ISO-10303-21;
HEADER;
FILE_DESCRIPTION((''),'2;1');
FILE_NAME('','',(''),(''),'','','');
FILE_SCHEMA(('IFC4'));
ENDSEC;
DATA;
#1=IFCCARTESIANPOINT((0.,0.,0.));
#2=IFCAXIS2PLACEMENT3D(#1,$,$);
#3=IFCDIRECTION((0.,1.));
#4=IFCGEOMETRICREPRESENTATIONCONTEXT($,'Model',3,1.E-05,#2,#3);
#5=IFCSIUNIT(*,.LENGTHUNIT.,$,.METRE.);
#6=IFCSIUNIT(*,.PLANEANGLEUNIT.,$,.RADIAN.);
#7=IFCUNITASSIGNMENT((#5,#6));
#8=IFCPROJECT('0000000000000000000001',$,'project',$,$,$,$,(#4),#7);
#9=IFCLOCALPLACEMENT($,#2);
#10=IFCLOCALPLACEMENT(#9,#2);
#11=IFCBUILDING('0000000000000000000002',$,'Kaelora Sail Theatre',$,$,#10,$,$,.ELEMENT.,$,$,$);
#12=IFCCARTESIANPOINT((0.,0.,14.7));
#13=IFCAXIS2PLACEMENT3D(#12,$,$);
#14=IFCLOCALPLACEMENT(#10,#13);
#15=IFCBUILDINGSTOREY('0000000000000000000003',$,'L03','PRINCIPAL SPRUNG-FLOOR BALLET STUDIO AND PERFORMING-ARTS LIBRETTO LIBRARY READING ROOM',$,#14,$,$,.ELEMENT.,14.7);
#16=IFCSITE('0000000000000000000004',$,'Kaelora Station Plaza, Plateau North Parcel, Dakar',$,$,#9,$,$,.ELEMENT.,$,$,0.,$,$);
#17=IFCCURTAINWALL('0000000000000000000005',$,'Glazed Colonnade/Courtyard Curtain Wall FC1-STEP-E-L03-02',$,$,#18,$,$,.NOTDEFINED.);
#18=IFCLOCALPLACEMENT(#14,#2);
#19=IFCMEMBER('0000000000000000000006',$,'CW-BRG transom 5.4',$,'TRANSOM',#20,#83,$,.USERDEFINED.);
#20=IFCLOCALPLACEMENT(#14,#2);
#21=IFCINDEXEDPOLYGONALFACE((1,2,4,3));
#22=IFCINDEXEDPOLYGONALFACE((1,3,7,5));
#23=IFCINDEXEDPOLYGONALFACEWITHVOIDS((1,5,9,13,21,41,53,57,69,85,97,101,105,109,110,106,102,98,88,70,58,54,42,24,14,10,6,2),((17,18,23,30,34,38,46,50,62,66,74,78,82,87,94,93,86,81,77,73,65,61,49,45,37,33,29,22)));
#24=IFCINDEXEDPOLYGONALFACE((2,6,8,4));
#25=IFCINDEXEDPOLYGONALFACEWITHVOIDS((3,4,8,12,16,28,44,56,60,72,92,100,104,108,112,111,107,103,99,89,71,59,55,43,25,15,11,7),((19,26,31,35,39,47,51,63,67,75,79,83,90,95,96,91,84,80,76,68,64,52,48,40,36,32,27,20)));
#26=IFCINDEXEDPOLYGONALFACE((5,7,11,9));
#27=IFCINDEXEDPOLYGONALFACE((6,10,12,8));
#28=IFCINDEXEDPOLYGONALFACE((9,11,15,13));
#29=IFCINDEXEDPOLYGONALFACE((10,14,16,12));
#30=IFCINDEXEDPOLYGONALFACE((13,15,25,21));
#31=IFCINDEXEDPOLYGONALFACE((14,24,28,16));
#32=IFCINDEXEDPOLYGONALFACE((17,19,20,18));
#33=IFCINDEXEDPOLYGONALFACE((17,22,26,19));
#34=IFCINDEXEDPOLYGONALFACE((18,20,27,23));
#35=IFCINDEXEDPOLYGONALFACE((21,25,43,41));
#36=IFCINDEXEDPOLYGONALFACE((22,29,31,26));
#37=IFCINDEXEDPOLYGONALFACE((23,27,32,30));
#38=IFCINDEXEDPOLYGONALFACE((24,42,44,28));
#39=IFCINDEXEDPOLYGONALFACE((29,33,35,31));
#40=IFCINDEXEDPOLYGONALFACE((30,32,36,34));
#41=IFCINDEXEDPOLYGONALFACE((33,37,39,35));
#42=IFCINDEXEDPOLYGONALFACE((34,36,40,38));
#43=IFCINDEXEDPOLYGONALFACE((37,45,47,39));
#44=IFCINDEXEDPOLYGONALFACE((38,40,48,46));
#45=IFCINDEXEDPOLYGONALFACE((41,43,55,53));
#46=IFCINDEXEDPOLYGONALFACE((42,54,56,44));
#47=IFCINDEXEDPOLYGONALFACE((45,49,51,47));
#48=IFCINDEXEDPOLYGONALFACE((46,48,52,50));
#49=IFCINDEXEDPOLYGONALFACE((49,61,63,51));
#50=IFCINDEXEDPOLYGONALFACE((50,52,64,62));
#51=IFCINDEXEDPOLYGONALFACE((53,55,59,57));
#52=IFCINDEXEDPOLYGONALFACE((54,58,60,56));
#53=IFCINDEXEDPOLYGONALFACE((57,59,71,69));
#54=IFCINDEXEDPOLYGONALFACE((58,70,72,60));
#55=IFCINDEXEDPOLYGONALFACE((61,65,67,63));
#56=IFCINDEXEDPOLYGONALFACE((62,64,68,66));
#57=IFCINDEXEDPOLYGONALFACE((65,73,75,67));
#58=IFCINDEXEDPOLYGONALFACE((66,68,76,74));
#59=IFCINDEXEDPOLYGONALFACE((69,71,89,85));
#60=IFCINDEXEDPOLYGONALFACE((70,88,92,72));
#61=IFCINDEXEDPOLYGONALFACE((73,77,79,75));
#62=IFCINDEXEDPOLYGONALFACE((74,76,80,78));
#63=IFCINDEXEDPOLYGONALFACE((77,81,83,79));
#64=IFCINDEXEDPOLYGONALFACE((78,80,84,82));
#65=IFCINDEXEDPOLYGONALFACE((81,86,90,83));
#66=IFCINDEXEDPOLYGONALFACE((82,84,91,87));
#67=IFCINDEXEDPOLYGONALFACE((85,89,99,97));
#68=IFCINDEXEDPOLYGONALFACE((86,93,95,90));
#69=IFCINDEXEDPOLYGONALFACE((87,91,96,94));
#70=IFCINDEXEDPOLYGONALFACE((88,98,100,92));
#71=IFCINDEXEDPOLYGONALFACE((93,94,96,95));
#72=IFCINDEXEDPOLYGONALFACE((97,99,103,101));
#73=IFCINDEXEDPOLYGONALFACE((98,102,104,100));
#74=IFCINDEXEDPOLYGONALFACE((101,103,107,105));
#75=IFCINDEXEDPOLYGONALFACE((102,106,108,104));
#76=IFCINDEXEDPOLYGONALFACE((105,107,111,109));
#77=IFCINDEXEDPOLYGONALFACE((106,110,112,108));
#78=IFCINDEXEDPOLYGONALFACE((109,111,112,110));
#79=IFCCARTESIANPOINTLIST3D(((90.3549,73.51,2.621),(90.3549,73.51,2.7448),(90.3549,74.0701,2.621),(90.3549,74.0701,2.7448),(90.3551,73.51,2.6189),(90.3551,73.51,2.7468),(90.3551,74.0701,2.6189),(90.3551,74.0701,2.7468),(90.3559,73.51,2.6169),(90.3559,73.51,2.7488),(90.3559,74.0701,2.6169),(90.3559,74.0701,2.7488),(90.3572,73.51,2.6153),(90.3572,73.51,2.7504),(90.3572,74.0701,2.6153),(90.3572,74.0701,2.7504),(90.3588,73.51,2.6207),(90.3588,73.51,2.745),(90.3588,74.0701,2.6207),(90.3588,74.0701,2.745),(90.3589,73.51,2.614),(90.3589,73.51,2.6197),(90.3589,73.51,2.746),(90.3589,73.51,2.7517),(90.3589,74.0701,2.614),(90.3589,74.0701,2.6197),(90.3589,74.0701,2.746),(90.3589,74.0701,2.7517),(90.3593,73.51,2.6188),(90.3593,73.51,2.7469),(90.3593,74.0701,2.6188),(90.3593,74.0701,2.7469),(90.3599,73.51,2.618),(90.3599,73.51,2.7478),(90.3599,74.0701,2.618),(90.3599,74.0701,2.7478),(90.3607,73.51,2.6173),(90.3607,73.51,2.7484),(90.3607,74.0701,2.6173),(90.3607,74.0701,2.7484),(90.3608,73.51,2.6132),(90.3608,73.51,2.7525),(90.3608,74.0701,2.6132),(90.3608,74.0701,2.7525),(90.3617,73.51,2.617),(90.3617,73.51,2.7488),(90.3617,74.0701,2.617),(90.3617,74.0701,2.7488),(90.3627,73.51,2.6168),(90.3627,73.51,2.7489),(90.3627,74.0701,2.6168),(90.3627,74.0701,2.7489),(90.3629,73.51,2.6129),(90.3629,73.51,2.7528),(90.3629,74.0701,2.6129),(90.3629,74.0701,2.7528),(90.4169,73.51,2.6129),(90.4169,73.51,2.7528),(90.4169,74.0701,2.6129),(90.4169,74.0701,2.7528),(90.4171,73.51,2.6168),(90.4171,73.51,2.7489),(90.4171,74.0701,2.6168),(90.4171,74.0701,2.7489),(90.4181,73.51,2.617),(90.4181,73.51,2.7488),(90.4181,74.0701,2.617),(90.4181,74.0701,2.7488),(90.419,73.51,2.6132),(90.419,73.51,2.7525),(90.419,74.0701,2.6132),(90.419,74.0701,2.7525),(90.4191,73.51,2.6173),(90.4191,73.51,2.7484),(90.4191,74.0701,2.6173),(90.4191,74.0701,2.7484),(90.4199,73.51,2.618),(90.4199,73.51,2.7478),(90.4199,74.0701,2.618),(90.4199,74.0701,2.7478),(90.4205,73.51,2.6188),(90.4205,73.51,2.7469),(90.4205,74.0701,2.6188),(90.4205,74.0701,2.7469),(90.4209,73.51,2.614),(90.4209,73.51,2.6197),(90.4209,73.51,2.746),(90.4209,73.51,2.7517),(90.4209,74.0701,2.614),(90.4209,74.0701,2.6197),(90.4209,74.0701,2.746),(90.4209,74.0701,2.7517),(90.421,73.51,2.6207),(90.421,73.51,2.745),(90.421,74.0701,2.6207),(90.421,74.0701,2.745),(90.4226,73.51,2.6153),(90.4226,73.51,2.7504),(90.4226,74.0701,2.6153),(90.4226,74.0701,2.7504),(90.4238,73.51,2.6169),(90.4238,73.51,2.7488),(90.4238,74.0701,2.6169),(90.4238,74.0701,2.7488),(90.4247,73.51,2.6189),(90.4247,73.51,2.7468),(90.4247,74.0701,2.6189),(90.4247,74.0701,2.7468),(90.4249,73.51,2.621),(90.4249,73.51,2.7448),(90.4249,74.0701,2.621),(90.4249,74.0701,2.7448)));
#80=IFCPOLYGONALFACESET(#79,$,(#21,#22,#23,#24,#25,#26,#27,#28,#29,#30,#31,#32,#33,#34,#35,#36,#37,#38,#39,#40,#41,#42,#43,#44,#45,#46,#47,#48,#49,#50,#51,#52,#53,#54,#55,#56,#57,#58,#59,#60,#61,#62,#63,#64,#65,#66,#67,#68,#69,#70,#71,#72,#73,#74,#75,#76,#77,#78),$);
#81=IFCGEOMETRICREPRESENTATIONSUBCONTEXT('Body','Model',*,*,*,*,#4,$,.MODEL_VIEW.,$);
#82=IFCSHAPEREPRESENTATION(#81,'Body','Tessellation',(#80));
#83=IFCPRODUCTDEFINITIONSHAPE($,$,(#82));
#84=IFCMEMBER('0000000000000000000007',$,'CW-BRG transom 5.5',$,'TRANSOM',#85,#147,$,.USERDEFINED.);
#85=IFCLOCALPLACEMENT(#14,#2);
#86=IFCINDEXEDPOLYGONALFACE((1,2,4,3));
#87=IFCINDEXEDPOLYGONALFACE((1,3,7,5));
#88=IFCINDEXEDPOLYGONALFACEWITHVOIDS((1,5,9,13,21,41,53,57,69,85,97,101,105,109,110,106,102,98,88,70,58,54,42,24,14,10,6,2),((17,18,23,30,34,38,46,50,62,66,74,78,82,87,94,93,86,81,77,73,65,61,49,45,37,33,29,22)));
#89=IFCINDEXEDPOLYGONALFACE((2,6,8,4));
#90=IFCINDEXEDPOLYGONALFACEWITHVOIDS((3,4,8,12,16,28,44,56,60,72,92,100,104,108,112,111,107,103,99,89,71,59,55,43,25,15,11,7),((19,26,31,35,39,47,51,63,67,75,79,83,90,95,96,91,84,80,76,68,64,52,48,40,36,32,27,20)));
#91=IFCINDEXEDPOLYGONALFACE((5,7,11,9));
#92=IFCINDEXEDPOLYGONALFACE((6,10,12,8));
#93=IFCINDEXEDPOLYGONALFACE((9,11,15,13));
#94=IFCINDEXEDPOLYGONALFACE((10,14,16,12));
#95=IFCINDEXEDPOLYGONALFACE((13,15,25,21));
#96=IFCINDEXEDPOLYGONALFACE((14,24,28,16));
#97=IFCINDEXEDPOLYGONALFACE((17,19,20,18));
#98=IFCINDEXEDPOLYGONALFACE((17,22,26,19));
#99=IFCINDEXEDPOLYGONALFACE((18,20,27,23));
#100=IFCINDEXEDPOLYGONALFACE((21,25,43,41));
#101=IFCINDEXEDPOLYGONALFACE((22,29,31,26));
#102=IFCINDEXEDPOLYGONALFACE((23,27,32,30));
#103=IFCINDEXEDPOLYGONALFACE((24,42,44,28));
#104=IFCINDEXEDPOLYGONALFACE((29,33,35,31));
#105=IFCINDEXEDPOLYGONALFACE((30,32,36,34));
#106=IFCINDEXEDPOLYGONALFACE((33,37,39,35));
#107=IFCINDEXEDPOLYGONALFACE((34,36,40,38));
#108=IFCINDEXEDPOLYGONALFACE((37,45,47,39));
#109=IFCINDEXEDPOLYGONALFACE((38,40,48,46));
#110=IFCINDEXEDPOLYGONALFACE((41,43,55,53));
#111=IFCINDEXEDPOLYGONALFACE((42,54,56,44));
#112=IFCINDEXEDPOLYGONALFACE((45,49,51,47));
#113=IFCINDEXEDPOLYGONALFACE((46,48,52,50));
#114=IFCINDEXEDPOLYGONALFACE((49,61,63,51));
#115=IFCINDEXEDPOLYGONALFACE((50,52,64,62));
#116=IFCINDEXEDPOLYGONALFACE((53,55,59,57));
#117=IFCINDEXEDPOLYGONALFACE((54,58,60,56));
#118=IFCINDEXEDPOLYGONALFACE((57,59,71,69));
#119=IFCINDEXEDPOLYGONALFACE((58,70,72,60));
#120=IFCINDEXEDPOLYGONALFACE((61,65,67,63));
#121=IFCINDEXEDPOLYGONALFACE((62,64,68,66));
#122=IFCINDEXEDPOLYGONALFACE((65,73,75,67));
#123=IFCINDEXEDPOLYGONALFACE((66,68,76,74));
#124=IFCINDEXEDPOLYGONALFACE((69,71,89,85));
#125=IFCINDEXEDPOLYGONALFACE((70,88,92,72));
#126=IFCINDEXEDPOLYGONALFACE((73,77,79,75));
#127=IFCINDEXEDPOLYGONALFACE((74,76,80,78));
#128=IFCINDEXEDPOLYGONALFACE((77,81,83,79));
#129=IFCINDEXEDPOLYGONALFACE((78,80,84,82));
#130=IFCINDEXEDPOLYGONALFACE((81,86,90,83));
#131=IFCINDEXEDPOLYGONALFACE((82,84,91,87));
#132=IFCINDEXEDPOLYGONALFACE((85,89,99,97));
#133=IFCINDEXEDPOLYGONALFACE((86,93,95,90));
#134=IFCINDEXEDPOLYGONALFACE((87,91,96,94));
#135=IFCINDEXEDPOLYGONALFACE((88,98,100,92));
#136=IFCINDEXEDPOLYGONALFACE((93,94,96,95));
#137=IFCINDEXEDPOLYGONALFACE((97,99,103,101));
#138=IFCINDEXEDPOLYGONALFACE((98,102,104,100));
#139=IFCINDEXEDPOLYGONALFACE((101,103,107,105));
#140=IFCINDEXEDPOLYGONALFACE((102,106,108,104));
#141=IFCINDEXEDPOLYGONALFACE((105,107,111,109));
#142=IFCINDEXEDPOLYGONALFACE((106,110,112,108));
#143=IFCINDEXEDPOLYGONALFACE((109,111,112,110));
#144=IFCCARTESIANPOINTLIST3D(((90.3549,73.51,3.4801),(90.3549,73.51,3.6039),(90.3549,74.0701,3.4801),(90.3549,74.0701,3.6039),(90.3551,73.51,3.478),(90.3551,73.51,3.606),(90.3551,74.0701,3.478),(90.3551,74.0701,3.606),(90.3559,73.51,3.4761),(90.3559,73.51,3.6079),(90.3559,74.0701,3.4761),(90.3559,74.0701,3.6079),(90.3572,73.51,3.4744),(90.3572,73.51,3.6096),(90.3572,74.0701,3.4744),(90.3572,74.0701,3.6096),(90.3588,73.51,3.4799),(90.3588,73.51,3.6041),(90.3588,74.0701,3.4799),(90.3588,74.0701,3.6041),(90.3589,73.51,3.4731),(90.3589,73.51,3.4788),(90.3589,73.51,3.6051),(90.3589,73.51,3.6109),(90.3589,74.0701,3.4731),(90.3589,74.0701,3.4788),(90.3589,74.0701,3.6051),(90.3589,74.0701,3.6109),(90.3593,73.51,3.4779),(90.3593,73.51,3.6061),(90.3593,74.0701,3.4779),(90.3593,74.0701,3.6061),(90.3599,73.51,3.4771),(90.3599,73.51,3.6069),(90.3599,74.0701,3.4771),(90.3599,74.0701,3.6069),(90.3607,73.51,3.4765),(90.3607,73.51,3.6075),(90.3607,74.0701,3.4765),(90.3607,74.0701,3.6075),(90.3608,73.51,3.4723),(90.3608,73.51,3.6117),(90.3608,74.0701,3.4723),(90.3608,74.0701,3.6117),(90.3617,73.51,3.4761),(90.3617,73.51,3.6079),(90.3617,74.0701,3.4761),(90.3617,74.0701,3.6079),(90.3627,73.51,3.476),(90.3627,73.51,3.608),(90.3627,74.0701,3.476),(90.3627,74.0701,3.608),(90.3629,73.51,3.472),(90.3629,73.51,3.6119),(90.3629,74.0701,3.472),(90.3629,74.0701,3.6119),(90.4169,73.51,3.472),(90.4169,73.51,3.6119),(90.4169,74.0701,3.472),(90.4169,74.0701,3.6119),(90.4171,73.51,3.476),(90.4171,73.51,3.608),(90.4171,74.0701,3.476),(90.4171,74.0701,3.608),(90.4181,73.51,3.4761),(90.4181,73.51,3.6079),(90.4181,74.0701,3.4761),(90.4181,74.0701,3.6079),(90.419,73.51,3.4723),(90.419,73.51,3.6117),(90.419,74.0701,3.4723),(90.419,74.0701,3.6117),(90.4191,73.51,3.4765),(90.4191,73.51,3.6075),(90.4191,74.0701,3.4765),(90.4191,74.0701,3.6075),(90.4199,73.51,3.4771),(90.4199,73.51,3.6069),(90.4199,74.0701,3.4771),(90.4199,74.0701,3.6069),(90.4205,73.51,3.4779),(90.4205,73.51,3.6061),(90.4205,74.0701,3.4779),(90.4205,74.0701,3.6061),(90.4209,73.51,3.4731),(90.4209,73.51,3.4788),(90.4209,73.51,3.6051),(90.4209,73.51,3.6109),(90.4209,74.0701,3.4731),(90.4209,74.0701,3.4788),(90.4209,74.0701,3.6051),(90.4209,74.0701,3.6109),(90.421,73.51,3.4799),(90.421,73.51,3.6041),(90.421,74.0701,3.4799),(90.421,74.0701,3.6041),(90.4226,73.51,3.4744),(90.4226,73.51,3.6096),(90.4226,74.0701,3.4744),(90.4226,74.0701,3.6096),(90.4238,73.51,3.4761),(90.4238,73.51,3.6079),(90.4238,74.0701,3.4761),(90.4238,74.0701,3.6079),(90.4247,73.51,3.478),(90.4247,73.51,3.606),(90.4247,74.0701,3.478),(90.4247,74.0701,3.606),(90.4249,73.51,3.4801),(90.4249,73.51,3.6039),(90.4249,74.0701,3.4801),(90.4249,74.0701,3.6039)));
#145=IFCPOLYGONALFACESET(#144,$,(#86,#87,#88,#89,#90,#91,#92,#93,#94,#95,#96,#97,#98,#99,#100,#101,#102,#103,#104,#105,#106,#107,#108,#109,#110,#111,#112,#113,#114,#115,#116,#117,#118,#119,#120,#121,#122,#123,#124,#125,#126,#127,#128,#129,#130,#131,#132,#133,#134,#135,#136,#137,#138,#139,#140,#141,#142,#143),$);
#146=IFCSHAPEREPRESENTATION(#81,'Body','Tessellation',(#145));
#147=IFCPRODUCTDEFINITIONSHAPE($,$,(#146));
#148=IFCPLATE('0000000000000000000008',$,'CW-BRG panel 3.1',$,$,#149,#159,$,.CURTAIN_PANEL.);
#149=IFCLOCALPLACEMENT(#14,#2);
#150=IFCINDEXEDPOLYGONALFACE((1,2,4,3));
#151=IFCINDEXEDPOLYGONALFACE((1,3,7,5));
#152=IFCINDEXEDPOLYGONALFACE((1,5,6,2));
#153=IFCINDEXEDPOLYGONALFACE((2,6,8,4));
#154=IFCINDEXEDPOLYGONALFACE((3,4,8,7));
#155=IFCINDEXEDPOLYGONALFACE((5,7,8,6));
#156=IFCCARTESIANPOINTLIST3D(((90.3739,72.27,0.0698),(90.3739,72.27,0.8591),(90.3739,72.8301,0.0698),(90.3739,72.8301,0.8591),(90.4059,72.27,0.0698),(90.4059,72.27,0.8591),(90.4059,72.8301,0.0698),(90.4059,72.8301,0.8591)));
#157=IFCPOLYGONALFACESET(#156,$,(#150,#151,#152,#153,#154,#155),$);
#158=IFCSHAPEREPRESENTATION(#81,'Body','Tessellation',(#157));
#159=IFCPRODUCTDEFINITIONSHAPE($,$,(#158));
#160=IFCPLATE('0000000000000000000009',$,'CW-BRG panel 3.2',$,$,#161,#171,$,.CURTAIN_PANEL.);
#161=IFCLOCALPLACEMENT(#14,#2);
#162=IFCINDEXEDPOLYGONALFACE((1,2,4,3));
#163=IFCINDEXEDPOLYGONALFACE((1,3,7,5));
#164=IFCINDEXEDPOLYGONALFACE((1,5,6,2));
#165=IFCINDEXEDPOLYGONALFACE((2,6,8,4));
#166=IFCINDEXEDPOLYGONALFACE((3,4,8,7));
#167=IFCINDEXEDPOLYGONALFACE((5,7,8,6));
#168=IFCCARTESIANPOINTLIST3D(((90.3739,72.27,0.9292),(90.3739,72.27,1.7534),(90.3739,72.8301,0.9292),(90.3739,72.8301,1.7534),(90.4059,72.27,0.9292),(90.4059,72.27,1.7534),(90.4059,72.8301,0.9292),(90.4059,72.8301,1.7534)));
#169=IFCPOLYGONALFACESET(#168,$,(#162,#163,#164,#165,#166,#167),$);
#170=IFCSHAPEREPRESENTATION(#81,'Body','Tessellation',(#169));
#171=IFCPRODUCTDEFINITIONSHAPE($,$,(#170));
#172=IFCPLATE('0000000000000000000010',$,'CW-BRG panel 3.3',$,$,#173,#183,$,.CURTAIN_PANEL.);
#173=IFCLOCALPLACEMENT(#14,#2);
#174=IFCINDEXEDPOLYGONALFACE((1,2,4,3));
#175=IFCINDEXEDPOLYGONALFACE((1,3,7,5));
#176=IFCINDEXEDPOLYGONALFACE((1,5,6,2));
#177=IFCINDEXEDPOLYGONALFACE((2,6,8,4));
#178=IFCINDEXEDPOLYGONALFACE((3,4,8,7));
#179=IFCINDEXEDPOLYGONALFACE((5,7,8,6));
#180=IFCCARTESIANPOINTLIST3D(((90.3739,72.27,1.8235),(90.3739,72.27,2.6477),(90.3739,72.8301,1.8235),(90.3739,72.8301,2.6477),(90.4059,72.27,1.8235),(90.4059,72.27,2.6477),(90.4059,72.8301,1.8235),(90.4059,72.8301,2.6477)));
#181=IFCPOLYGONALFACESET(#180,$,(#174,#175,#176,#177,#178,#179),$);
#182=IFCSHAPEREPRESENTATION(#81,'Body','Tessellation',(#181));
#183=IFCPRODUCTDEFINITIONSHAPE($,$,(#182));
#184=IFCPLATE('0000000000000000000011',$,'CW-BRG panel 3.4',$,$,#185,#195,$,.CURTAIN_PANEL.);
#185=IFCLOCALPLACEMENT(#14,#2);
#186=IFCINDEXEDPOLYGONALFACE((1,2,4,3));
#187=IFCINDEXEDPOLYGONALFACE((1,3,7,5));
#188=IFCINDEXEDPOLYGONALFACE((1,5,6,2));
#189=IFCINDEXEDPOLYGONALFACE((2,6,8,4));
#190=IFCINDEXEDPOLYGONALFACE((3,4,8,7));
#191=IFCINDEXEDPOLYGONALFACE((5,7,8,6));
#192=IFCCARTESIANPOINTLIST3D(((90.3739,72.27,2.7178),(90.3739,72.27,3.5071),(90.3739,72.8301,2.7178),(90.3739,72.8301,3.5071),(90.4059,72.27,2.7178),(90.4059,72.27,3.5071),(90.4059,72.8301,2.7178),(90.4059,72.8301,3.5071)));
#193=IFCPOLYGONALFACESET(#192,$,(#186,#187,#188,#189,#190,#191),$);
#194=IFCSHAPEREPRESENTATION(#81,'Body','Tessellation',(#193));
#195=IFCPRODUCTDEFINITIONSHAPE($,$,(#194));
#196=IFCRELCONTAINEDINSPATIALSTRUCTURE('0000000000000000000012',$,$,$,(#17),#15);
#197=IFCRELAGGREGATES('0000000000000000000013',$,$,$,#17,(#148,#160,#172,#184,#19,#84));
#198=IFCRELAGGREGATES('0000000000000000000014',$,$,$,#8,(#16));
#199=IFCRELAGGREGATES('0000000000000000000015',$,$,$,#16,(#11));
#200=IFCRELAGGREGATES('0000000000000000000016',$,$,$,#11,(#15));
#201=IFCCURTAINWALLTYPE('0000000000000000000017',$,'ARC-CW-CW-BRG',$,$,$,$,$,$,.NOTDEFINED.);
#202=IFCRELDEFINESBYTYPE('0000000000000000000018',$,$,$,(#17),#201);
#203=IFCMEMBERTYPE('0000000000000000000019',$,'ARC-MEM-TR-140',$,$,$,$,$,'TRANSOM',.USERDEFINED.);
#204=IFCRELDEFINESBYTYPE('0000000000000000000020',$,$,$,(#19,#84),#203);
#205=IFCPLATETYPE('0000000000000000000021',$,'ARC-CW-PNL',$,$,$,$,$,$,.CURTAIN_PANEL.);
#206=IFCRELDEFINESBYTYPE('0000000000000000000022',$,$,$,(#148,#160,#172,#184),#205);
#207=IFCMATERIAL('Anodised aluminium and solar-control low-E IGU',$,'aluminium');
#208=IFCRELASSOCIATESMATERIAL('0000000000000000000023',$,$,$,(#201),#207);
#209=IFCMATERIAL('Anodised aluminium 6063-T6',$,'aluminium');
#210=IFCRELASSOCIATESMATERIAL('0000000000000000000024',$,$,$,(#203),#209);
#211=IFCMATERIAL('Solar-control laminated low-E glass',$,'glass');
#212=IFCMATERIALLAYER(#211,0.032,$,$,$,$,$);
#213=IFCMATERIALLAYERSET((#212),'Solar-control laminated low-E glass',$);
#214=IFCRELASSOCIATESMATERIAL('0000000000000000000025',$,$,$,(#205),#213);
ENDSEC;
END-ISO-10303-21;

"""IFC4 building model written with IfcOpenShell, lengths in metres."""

from ifc_helpers import new_model, si_unit, direction, frame, origin, origin_2d, place, context, subcontext, project, spatial, rectangle, hollow_rectangle, extrude, material, layer, layer_set, material_profile, profile_set, type_object, element, aggregate, save


model = new_model("IFC4")

# Units and contexts
model_context = context("Model", 3, precision=1e-05, world=origin(), true_north=direction((0.0, 1.0)))
body_context = subcontext(model_context, "Body", "Model", "MODEL_VIEW")
ifc_project = project(units=[si_unit("LENGTHUNIT", "METRE"), si_unit("PLANEANGLEUNIT", "RADIAN")], contexts=[model_context])

# Site, building, storey
site_placement = place(None, origin())
site = spatial("IfcSite", under=ifc_project, at=site_placement, Name="Kaelora Station Plaza, Plateau North Parcel, Dakar", CompositionType="ELEMENT", RefElevation=0.0)
building_placement = place(site_placement, origin())
building = spatial("IfcBuilding", under=site, at=building_placement, Name="Kaelora Sail Theatre", CompositionType="ELEMENT")
storey_placement = place(building_placement, frame((0.0, 0.0, 14.7)))
storey = spatial("IfcBuildingStorey", under=building, at=storey_placement, Name="L03", Description="PRINCIPAL SPRUNG-FLOOR BALLET STUDIO AND PERFORMING-ARTS LIBRETTO LIBRARY READING ROOM", CompositionType="ELEMENT", Elevation=14.7)

# Curtain wall, members, plates
ifc_material_1 = material(Name="Anodised aluminium and solar-control low-E IGU", Category="aluminium")
curtain_wall_type = type_object("IfcCurtainWallType", Name="ARC-CW-CW-BRG", PredefinedType="NOTDEFINED", material=ifc_material_1)
curtain_wall_placement = place(storey_placement, origin())
curtain_wall = element("IfcCurtainWall", 1, at=curtain_wall_placement, inside=storey, type_object=curtain_wall_type, Name="Glazed Colonnade/Courtyard Curtain Wall FC1-STEP-E-L03-02", PredefinedType="NOTDEFINED")
ifc_material_2 = material(Name="Anodised aluminium 6063-T6", Category="aluminium")
ifc_material_profile_1 = material_profile(ifc_material_2, hollow_rectangle(XDim=0.0701, YDim=0.1399, WallThickness=0.0039, InnerFilletRadius=0.0039, OuterFilletRadius=0.0081, at=origin_2d()), Name="ALU-TRAN 70x140x4")
ifc_profile_set_1 = profile_set([ifc_material_profile_1], Name="Anodised aluminium 6063-T6")
member_type_1 = type_object("IfcMemberType", Name="ARC-MEM-TR-140", ElementType="TRANSOM", PredefinedType="USERDEFINED", material=ifc_profile_set_1)
member_1_placement = place(storey_placement, frame((90.3899, 73.51, 2.6829), z_axis=(0.0, 1.0, 0.0), x_axis=(-1.0, 0.0, 0.0)))
member_1 = element("IfcMember", 2, at=member_1_placement, type_object=member_type_1, Name="CW-BRG transom 5.4", ObjectType="TRANSOM", PredefinedType="USERDEFINED", context=body_context, shape_type="SweptSolid", body=[
    extrude(hollow_rectangle(XDim=0.0701, YDim=0.1399, WallThickness=0.0039, InnerFilletRadius=0.0039, OuterFilletRadius=0.0081, at=origin_2d()), origin(), (0.0, 0.0, 1.0), 0.5601),
])
member_2_placement = place(storey_placement, frame((90.3899, 73.51, 3.542), z_axis=(0.0, 1.0, 0.0), x_axis=(-1.0, 0.0, 0.0)))
member_2 = element("IfcMember", 3, at=member_2_placement, type_object=member_type_1, Name="CW-BRG transom 5.5", ObjectType="TRANSOM", PredefinedType="USERDEFINED", context=body_context, shape_type="SweptSolid", body=[
    extrude(hollow_rectangle(XDim=0.0701, YDim=0.1399, WallThickness=0.0039, InnerFilletRadius=0.0039, OuterFilletRadius=0.0081, at=origin_2d()), origin(), (0.0, 0.0, 1.0), 0.5601),
])
ifc_material_3 = material(Name="Solar-control laminated low-E glass", Category="glass")
ifc_layer = layer(ifc_material_3, 0.032)
ifc_layer_set = layer_set([ifc_layer], Name="Solar-control laminated low-E glass")
plate_type = type_object("IfcPlateType", Name="ARC-CW-PNL", PredefinedType="CURTAIN_PANEL", material=ifc_layer_set)
plate_1_placement = place(storey_placement, frame((90.3899, 72.55, 0.0698), z_axis=(0.0, 0.0, 1.0), x_axis=(0.0, 1.0, 0.0)))
plate_1 = element("IfcPlate", 4, at=plate_1_placement, type_object=plate_type, Name="CW-BRG panel 3.1", PredefinedType="CURTAIN_PANEL", context=body_context, shape_type="SweptSolid", body=[
    extrude(rectangle(XDim=0.5601, YDim=0.032, at=origin_2d()), origin(), (0.0, 0.0, 1.0), 0.7893),
])
plate_2_placement = place(storey_placement, frame((90.3899, 72.55, 0.9292), z_axis=(0.0, 0.0, 1.0), x_axis=(0.0, 1.0, 0.0)))
plate_2 = element("IfcPlate", 5, at=plate_2_placement, type_object=plate_type, Name="CW-BRG panel 3.2", PredefinedType="CURTAIN_PANEL", context=body_context, shape_type="SweptSolid", body=[
    extrude(rectangle(XDim=0.5601, YDim=0.032, at=origin_2d()), origin(), (0.0, 0.0, 1.0), 0.8242),
])
plate_3_placement = place(storey_placement, frame((90.3899, 72.55, 1.8235), z_axis=(0.0, 0.0, 1.0), x_axis=(0.0, 1.0, 0.0)))
plate_3 = element("IfcPlate", 6, at=plate_3_placement, type_object=plate_type, Name="CW-BRG panel 3.3", PredefinedType="CURTAIN_PANEL", context=body_context, shape_type="SweptSolid", body=[
    extrude(rectangle(XDim=0.5601, YDim=0.032, at=origin_2d()), origin(), (0.0, 0.0, 1.0), 0.8242),
])
plate_4_placement = place(storey_placement, frame((90.3899, 72.55, 2.7178), z_axis=(0.0, 0.0, 1.0), x_axis=(0.0, 1.0, 0.0)))
plate_4 = element("IfcPlate", 7, at=plate_4_placement, type_object=plate_type, Name="CW-BRG panel 3.4", PredefinedType="CURTAIN_PANEL", context=body_context, shape_type="SweptSolid", body=[
    extrude(rectangle(XDim=0.5601, YDim=0.032, at=origin_2d()), origin(), (0.0, 0.0, 1.0), 0.7893),
])
aggregate(curtain_wall, [plate_1, plate_2, plate_3, plate_4, member_1, member_2])

save(model, "model.ifc")
